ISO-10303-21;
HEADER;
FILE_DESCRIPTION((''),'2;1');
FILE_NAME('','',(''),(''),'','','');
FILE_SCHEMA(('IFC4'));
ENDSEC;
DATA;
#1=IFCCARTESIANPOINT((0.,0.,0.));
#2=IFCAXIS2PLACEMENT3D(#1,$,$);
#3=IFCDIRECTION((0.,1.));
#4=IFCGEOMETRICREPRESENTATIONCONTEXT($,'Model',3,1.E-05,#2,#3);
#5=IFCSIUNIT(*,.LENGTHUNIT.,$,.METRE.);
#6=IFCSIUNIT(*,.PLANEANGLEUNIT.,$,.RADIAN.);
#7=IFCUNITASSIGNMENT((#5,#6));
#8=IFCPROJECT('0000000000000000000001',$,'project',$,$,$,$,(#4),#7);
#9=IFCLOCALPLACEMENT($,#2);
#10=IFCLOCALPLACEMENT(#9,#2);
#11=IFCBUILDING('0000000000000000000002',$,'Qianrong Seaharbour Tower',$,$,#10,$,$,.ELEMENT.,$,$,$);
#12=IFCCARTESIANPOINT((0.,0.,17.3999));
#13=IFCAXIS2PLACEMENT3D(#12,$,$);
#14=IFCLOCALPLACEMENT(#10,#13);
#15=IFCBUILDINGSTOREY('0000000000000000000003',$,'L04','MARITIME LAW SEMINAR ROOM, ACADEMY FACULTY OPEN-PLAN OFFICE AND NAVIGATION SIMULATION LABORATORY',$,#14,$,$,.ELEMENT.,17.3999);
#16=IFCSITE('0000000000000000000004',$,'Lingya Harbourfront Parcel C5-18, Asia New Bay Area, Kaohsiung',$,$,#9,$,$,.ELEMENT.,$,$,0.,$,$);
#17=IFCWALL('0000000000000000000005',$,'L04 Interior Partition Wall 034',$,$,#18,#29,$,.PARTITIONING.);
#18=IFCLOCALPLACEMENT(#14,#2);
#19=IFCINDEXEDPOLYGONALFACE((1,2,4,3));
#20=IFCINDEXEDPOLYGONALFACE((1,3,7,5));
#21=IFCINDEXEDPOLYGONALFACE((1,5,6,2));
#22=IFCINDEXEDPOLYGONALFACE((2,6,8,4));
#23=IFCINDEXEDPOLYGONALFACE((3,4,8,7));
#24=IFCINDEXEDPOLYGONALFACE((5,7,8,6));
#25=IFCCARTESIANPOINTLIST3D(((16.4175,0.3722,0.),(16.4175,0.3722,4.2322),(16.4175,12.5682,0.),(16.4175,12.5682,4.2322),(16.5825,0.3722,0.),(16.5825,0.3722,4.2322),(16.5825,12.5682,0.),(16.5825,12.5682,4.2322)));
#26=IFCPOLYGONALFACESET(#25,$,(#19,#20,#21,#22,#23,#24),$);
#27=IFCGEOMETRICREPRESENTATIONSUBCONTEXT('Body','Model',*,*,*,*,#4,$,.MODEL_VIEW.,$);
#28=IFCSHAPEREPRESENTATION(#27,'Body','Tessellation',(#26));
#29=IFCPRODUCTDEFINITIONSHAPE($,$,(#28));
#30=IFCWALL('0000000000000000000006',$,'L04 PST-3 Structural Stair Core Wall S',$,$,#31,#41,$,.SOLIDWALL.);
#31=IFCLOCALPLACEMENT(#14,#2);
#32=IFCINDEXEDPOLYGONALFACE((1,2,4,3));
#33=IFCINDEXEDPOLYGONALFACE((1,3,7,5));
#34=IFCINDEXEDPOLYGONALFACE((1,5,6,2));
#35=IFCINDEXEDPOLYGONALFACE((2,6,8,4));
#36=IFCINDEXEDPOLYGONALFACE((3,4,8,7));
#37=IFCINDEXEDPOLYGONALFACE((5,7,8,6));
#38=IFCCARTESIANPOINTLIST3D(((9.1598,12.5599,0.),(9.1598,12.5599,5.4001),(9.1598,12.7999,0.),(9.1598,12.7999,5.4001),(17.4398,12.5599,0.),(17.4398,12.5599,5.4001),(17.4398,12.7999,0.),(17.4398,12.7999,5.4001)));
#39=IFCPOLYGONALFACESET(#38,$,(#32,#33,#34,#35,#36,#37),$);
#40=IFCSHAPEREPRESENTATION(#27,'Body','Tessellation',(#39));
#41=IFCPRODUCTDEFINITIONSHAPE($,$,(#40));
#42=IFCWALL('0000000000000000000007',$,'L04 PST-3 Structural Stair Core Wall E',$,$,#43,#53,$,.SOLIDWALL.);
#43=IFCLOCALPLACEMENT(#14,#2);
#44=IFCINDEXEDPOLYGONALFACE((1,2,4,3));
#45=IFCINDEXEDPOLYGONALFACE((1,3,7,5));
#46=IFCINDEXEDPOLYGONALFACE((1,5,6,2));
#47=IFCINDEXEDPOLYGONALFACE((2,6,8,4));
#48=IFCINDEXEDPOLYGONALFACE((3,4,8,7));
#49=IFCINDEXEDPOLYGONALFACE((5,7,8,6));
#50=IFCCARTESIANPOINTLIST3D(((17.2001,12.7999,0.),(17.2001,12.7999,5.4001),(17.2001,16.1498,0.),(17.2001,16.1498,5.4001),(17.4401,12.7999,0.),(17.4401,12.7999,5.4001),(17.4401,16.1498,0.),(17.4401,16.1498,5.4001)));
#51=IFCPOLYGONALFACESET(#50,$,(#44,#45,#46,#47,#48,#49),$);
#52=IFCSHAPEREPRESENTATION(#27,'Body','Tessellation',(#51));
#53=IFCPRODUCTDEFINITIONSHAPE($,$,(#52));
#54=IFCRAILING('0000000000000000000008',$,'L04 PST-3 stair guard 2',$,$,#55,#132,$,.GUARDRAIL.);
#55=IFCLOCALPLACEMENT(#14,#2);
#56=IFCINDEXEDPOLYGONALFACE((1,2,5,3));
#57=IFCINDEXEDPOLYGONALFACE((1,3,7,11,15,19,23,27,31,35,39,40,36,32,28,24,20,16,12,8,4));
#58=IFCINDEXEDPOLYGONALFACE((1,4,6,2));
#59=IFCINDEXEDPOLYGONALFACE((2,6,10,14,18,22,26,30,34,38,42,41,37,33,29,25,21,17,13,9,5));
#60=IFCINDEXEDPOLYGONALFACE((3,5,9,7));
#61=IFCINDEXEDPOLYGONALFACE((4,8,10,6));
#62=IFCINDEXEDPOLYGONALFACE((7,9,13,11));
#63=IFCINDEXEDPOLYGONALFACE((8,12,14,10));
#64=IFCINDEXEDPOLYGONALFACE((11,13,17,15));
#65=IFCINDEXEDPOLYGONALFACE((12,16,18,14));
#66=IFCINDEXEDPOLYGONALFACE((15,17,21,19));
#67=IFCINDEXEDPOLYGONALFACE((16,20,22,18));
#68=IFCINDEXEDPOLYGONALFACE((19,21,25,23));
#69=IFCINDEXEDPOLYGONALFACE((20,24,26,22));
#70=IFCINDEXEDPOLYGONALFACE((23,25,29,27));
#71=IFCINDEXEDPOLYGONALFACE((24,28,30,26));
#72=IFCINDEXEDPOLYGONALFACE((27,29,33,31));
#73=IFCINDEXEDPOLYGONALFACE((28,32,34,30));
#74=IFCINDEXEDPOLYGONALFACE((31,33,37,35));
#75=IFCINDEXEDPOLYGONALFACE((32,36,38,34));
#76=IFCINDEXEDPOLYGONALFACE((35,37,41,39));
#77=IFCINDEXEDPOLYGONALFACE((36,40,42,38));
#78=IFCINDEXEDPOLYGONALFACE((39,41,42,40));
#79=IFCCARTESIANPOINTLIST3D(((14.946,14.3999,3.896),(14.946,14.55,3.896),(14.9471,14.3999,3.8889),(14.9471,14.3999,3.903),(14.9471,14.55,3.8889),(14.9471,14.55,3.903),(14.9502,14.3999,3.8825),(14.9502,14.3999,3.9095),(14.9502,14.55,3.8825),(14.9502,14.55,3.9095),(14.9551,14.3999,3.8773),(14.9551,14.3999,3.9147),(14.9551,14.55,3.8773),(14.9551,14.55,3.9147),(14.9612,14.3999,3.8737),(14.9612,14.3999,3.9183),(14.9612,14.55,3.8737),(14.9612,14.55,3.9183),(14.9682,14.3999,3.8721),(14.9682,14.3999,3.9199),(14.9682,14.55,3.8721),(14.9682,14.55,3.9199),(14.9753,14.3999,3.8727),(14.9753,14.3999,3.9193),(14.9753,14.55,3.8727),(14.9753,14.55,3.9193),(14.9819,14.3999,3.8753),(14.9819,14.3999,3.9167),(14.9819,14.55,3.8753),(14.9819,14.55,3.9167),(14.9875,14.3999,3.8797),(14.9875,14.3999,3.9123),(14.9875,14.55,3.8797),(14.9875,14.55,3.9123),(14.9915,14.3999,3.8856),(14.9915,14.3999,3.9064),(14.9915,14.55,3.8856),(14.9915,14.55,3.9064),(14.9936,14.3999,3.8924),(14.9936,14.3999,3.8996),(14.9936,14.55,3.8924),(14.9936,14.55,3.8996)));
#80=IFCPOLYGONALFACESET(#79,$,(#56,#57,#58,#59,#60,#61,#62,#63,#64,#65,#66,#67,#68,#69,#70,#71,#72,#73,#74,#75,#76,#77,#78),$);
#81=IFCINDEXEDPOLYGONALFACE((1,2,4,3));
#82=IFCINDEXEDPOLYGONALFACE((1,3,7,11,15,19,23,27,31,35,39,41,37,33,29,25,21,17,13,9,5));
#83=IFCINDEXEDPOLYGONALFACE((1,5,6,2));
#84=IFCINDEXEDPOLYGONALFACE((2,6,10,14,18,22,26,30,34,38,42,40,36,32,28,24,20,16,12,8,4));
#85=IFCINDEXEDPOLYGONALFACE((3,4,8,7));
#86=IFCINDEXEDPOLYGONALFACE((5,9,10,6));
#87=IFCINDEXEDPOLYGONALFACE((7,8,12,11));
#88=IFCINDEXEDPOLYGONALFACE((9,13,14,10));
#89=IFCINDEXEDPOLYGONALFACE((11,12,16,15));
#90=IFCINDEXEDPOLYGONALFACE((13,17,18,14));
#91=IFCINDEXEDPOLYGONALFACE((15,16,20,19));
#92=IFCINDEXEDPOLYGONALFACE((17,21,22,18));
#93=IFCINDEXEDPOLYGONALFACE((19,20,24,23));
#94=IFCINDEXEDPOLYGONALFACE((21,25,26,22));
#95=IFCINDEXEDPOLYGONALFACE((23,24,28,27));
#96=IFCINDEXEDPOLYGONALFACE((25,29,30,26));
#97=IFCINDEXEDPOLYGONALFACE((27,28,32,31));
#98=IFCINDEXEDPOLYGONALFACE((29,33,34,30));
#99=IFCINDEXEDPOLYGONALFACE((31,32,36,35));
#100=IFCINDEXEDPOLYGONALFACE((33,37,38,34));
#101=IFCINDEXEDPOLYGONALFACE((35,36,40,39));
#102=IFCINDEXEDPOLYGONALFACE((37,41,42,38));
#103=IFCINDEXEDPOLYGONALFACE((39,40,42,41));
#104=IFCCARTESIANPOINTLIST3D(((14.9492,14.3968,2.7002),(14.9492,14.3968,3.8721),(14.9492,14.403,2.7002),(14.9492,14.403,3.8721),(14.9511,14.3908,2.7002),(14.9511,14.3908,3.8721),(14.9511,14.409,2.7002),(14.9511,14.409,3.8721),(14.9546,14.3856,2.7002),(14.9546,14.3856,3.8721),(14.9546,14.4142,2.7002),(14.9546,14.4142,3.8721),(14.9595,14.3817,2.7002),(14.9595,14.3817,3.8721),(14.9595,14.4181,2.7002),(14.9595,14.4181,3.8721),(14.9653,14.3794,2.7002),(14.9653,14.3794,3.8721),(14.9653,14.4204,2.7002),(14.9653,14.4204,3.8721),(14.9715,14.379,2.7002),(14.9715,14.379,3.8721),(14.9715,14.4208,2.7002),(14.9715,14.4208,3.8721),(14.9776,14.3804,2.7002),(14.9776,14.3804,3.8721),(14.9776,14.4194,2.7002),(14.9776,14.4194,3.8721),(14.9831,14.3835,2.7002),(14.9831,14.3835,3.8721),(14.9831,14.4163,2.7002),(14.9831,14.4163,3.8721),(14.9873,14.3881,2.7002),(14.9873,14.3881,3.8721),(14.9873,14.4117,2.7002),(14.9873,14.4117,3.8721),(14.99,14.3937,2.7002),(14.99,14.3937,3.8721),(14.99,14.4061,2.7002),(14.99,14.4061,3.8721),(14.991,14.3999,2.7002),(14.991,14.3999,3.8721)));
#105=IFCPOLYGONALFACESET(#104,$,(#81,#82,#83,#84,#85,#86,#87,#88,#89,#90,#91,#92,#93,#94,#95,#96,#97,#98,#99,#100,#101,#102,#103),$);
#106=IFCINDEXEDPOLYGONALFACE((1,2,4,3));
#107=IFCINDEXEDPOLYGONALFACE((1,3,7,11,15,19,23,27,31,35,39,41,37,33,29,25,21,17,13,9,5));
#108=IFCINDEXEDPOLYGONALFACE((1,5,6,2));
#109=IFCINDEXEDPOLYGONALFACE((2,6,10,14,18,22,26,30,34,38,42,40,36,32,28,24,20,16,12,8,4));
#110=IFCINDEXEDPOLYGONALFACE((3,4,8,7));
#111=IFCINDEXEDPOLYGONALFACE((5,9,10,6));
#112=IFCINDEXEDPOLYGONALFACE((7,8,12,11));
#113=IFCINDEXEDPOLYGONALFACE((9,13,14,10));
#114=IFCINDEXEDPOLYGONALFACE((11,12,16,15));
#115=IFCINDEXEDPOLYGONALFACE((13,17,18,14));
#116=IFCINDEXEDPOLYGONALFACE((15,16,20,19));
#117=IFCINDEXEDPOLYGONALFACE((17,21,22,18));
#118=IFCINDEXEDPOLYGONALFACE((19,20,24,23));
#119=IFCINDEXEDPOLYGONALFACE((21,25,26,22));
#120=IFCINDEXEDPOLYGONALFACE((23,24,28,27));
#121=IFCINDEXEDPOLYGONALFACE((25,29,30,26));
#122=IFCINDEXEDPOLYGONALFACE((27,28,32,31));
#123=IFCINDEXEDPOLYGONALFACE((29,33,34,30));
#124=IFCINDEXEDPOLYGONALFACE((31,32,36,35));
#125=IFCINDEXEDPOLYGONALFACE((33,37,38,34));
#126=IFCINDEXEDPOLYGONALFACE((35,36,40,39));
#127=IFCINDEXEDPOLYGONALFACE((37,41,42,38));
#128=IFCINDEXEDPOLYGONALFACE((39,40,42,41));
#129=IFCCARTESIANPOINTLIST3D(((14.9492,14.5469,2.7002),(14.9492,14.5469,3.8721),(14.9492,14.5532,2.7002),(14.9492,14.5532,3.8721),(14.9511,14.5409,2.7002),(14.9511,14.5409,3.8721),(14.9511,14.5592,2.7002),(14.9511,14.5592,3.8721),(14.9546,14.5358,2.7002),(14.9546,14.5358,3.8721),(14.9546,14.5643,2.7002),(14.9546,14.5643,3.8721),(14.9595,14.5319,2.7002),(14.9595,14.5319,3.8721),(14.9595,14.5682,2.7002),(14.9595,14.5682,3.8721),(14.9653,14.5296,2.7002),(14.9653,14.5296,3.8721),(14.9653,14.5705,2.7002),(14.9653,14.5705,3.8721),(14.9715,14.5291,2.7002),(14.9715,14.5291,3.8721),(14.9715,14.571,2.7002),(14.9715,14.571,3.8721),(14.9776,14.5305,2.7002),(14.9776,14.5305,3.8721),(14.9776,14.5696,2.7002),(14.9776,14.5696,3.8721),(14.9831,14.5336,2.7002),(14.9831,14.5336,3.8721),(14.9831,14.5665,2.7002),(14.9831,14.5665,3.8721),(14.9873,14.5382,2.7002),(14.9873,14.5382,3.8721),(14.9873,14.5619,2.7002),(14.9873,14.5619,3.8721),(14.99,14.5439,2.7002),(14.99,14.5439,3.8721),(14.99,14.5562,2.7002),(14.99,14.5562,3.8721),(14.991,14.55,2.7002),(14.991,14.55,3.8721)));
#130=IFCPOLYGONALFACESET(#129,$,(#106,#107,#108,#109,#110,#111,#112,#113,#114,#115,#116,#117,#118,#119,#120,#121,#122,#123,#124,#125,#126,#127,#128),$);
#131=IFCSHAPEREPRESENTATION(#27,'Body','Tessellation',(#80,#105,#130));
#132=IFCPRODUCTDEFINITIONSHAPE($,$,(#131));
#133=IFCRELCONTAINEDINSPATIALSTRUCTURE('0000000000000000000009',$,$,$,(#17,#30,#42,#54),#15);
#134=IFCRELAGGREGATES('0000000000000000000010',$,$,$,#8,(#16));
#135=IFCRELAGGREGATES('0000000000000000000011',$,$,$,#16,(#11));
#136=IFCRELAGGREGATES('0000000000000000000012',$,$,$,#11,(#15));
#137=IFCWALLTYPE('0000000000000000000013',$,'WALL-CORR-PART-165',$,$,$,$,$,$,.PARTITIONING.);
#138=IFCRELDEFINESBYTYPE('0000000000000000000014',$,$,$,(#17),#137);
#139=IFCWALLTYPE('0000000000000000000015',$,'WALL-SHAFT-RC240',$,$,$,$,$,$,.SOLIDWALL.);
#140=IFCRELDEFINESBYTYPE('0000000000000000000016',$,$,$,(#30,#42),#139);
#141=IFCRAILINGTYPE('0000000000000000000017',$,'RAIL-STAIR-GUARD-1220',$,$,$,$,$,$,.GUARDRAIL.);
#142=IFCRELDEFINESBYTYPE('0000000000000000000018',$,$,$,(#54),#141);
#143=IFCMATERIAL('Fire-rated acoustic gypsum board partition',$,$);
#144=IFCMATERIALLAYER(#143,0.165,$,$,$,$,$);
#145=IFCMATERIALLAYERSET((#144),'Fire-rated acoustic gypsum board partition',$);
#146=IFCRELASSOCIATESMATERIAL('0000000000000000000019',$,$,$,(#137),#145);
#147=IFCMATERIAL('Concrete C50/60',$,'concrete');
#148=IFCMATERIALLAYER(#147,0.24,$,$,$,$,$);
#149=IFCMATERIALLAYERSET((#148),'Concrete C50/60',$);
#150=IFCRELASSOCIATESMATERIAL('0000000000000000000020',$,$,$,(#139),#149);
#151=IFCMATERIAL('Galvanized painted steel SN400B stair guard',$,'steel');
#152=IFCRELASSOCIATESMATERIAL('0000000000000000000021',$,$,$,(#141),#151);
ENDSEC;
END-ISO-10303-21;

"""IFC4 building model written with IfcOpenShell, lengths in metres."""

from ifc_helpers import new_model, si_unit, direction, frame, frame_2d, origin, origin_2d, place, context, subcontext, project, spatial, rectangle, circle, extrude, material, layer, layer_set, type_object, element, save


model = new_model("IFC4")

# Units and contexts
model_context = context("Model", 3, precision=1e-05, world=origin(), true_north=direction((0.0, 1.0)))
body_context = subcontext(model_context, "Body", "Model", "MODEL_VIEW")
ifc_project = project(units=[si_unit("LENGTHUNIT", "METRE"), si_unit("PLANEANGLEUNIT", "RADIAN")], contexts=[model_context])

# Site, building, storey
site_placement = place(None, origin())
site = spatial("IfcSite", under=ifc_project, at=site_placement, Name="Lingya Harbourfront Parcel C5-18, Asia New Bay Area, Kaohsiung", CompositionType="ELEMENT", RefElevation=0.0)
building_placement = place(site_placement, origin())
building = spatial("IfcBuilding", under=site, at=building_placement, Name="Qianrong Seaharbour Tower", CompositionType="ELEMENT")
storey_placement = place(building_placement, frame((0.0, 0.0, 17.3999)))
storey = spatial("IfcBuildingStorey", under=building, at=storey_placement, Name="L04", Description="MARITIME LAW SEMINAR ROOM, ACADEMY FACULTY OPEN-PLAN OFFICE AND NAVIGATION SIMULATION LABORATORY", CompositionType="ELEMENT", Elevation=17.3999)

# Walls
ifc_material_1 = material(Name="Fire-rated acoustic gypsum board partition")
ifc_layer_1 = layer(ifc_material_1, 0.165)
ifc_layer_set_1 = layer_set([ifc_layer_1], Name="Fire-rated acoustic gypsum board partition")
wall_type_1 = type_object("IfcWallType", Name="WALL-CORR-PART-165", PredefinedType="PARTITIONING", material=ifc_layer_set_1)
wall_1_placement = place(storey_placement, frame((16.5, 0.3721, 0.0), z_axis=(0.0, 0.0, 1.0), x_axis=(0.0, 1.0, 0.0)))
element("IfcWall", 1, at=wall_1_placement, inside=storey, type_object=wall_type_1, Name="L04 Interior Partition Wall 034", PredefinedType="PARTITIONING", context=body_context, shape_type="SweptSolid", body=[
    extrude(rectangle(XDim=12.196, YDim=0.165, at=frame_2d((6.0981, 0.0))), origin(), (0.0, 0.0, 1.0), 4.2322),
])
ifc_material_2 = material(Name="Concrete C50/60", Category="concrete")
ifc_layer_2 = layer(ifc_material_2, 0.24)
ifc_layer_set_2 = layer_set([ifc_layer_2], Name="Concrete C50/60")
wall_type_2 = type_object("IfcWallType", Name="WALL-SHAFT-RC240", PredefinedType="SOLIDWALL", material=ifc_layer_set_2)
wall_2_placement = place(storey_placement, frame((17.4399, 12.6799, 0.0), z_axis=(0.0, 0.0, 1.0), x_axis=(-1.0, 0.0, 0.0)))
element("IfcWall", 2, at=wall_2_placement, inside=storey, type_object=wall_type_2, Name="L04 PST-3 Structural Stair Core Wall S", PredefinedType="SOLIDWALL", context=body_context, shape_type="SweptSolid", body=[
    extrude(rectangle(XDim=8.28, YDim=0.24, at=frame_2d((4.1401, 0.0))), origin(), (0.0, 0.0, 1.0), 5.4001),
])
wall_3_placement = place(storey_placement, frame((17.3201, 12.8, 0.0), z_axis=(0.0, 0.0, 1.0), x_axis=(0.0, 1.0, 0.0)))
element("IfcWall", 3, at=wall_3_placement, inside=storey, type_object=wall_type_2, Name="L04 PST-3 Structural Stair Core Wall E", PredefinedType="SOLIDWALL", context=body_context, shape_type="SweptSolid", body=[
    extrude(rectangle(XDim=3.3499, YDim=0.24, at=frame_2d((1.6748, 0.0))), origin(), (0.0, 0.0, 1.0), 5.4001),
])

# Railing
ifc_material_3 = material(Name="Galvanized painted steel SN400B stair guard", Category="steel")
railing_type_1 = type_object("IfcRailingType", Name="RAIL-STAIR-GUARD-1220", PredefinedType="GUARDRAIL", material=ifc_material_3)
railing_1_placement = place(storey_placement, frame((14.97, 14.3999, 2.7002)))
element("IfcRailing", 4, at=railing_1_placement, inside=storey, type_object=railing_type_1, Name="L04 PST-3 stair guard 2", PredefinedType="GUARDRAIL", context=body_context, shape_type="SweptSolid", body=[
    extrude(circle(Radius=0.0239, at=origin_2d()), frame((0.0, 0.0, 1.1958), z_axis=(0.0, 1.0, 0.0), x_axis=(-1.0, 0.0, 0.0)), (0.0, 0.0, 1.0), 0.1501),
    extrude(circle(Radius=0.021, at=origin_2d()), origin(), (0.0, 0.0, 1.0), 1.1719),
    extrude(circle(Radius=0.021, at=origin_2d()), frame((0.0, 0.1501, 0.0)), (0.0, 0.0, 1.0), 1.1719),
])

save(model, "model.ifc")
